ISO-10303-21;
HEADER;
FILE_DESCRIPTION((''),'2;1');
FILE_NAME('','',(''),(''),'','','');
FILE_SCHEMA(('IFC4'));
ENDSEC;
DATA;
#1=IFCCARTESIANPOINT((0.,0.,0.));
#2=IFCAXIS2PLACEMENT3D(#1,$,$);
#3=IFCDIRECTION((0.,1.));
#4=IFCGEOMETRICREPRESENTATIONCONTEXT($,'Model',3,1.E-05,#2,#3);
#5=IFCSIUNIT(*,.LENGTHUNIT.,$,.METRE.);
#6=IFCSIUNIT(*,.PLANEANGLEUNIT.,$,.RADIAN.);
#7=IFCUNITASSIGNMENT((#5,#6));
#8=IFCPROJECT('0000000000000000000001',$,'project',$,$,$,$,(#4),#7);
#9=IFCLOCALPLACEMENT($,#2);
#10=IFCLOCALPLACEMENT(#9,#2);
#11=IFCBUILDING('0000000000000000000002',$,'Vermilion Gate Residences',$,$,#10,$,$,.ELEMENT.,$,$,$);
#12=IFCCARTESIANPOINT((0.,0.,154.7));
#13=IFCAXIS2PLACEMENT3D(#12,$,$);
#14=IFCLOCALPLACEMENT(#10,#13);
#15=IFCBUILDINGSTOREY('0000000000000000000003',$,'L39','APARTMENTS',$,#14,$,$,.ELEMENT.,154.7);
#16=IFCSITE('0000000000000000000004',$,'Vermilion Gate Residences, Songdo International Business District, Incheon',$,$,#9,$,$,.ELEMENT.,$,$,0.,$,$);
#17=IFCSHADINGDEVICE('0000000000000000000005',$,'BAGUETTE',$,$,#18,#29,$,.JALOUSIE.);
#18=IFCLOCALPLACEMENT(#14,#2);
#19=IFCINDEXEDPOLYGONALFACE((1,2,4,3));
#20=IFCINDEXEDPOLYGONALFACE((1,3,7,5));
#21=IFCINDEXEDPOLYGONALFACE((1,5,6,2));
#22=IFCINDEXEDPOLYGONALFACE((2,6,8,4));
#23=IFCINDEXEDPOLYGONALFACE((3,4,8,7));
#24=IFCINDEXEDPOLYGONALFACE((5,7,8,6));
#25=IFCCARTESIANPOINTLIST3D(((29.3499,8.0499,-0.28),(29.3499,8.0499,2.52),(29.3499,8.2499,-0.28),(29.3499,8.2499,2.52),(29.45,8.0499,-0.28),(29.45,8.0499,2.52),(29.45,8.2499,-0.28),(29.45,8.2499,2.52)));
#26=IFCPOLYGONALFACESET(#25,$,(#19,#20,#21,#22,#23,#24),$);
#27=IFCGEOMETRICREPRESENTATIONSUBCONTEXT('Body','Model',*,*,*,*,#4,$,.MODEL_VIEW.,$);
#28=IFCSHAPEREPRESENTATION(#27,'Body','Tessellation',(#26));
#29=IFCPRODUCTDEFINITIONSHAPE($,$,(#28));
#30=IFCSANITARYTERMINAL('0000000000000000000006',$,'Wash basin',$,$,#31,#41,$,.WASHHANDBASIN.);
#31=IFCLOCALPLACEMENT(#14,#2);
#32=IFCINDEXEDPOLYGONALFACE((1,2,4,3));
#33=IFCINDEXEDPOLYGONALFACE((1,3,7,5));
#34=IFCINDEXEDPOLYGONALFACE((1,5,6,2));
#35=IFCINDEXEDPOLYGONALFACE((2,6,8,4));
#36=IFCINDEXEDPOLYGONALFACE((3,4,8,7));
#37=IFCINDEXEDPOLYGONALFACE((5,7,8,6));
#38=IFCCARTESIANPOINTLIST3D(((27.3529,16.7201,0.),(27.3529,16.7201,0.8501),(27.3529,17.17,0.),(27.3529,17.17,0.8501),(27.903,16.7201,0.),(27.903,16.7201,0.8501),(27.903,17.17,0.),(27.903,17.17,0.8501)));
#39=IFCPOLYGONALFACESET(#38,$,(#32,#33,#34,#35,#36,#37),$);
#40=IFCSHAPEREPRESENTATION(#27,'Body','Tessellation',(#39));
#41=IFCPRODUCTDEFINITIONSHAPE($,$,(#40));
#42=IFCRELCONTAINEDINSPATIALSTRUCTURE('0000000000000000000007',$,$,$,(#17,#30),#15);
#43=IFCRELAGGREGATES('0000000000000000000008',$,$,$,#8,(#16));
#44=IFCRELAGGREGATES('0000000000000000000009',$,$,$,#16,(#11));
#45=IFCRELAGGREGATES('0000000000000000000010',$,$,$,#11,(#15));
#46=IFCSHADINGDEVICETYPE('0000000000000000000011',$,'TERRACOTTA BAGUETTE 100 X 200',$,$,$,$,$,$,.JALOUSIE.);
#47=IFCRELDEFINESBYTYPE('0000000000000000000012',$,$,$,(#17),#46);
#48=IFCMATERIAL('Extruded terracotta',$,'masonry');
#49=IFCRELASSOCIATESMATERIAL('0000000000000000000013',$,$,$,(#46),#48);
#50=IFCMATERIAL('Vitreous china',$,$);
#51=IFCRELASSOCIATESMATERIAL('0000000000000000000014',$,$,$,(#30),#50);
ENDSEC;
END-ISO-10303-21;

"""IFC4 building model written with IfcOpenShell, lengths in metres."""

from ifc_helpers import new_model, si_unit, direction, frame, origin, origin_2d, place, context, subcontext, project, spatial, rectangle, extrude, material, material_profile, profile_set, type_object, element, save


model = new_model("IFC4")

# Units and contexts
model_context = context("Model", 3, precision=1e-05, world=origin(), true_north=direction((0.0, 1.0)))
body_context = subcontext(model_context, "Body", "Model", "MODEL_VIEW")
ifc_project = project(units=[si_unit("LENGTHUNIT", "METRE"), si_unit("PLANEANGLEUNIT", "RADIAN")], contexts=[model_context])

# Site, building, storey
site_placement = place(None, origin())
site = spatial("IfcSite", under=ifc_project, at=site_placement, Name="Vermilion Gate Residences, Songdo International Business District, Incheon", CompositionType="ELEMENT", RefElevation=0.0)
building_placement = place(site_placement, origin())
building = spatial("IfcBuilding", under=site, at=building_placement, Name="Vermilion Gate Residences", CompositionType="ELEMENT")
storey_placement = place(building_placement, frame((0.0, 0.0, 154.7)))
storey = spatial("IfcBuildingStorey", under=building, at=storey_placement, Name="L39", Description="APARTMENTS", CompositionType="ELEMENT", Elevation=154.7)

# Shading device
ifc_material_1 = material(Name="Extruded terracotta", Category="masonry")
ifc_material_profile_1 = material_profile(ifc_material_1, rectangle(XDim=0.2, YDim=0.1001, at=origin_2d()), Name="BAGUETTE 100 X 200")
ifc_profile_set_1 = profile_set([ifc_material_profile_1], Name="Extruded terracotta")
shading_device_type_1 = type_object("IfcShadingDeviceType", Name="TERRACOTTA BAGUETTE 100 X 200", PredefinedType="JALOUSIE", material=ifc_profile_set_1)
shading_device_1_placement = place(storey_placement, frame((29.3999, 8.1499, -0.28), z_axis=(0.0, 0.0, 1.0), x_axis=(0.0, 1.0, 0.0)))
element("IfcShadingDevice", 1, at=shading_device_1_placement, inside=storey, type_object=shading_device_type_1, Name="BAGUETTE", PredefinedType="JALOUSIE", context=body_context, shape_type="SweptSolid", body=[
    extrude(rectangle(XDim=0.2, YDim=0.1001, at=origin_2d()), origin(), (0.0, 0.0, 1.0), 2.8),
])

# Sanitary terminal
ifc_material_2 = material(Name="Vitreous china")
sanitary_terminal_placement = place(storey_placement, frame((27.6279, 16.9451, 0.0), z_axis=(0.0, 0.0, 1.0), x_axis=(1.0, 0.0, 0.0)))
element("IfcSanitaryTerminal", 2, at=sanitary_terminal_placement, inside=storey, material=ifc_material_2, Name="Wash basin", PredefinedType="WASHHANDBASIN", context=body_context, shape_type="SweptSolid", body=[
    extrude(rectangle(XDim=0.55, YDim=0.45, at=origin_2d()), origin(), (0.0, 0.0, 1.0), 0.8501),
])

save(model, "model.ifc")
